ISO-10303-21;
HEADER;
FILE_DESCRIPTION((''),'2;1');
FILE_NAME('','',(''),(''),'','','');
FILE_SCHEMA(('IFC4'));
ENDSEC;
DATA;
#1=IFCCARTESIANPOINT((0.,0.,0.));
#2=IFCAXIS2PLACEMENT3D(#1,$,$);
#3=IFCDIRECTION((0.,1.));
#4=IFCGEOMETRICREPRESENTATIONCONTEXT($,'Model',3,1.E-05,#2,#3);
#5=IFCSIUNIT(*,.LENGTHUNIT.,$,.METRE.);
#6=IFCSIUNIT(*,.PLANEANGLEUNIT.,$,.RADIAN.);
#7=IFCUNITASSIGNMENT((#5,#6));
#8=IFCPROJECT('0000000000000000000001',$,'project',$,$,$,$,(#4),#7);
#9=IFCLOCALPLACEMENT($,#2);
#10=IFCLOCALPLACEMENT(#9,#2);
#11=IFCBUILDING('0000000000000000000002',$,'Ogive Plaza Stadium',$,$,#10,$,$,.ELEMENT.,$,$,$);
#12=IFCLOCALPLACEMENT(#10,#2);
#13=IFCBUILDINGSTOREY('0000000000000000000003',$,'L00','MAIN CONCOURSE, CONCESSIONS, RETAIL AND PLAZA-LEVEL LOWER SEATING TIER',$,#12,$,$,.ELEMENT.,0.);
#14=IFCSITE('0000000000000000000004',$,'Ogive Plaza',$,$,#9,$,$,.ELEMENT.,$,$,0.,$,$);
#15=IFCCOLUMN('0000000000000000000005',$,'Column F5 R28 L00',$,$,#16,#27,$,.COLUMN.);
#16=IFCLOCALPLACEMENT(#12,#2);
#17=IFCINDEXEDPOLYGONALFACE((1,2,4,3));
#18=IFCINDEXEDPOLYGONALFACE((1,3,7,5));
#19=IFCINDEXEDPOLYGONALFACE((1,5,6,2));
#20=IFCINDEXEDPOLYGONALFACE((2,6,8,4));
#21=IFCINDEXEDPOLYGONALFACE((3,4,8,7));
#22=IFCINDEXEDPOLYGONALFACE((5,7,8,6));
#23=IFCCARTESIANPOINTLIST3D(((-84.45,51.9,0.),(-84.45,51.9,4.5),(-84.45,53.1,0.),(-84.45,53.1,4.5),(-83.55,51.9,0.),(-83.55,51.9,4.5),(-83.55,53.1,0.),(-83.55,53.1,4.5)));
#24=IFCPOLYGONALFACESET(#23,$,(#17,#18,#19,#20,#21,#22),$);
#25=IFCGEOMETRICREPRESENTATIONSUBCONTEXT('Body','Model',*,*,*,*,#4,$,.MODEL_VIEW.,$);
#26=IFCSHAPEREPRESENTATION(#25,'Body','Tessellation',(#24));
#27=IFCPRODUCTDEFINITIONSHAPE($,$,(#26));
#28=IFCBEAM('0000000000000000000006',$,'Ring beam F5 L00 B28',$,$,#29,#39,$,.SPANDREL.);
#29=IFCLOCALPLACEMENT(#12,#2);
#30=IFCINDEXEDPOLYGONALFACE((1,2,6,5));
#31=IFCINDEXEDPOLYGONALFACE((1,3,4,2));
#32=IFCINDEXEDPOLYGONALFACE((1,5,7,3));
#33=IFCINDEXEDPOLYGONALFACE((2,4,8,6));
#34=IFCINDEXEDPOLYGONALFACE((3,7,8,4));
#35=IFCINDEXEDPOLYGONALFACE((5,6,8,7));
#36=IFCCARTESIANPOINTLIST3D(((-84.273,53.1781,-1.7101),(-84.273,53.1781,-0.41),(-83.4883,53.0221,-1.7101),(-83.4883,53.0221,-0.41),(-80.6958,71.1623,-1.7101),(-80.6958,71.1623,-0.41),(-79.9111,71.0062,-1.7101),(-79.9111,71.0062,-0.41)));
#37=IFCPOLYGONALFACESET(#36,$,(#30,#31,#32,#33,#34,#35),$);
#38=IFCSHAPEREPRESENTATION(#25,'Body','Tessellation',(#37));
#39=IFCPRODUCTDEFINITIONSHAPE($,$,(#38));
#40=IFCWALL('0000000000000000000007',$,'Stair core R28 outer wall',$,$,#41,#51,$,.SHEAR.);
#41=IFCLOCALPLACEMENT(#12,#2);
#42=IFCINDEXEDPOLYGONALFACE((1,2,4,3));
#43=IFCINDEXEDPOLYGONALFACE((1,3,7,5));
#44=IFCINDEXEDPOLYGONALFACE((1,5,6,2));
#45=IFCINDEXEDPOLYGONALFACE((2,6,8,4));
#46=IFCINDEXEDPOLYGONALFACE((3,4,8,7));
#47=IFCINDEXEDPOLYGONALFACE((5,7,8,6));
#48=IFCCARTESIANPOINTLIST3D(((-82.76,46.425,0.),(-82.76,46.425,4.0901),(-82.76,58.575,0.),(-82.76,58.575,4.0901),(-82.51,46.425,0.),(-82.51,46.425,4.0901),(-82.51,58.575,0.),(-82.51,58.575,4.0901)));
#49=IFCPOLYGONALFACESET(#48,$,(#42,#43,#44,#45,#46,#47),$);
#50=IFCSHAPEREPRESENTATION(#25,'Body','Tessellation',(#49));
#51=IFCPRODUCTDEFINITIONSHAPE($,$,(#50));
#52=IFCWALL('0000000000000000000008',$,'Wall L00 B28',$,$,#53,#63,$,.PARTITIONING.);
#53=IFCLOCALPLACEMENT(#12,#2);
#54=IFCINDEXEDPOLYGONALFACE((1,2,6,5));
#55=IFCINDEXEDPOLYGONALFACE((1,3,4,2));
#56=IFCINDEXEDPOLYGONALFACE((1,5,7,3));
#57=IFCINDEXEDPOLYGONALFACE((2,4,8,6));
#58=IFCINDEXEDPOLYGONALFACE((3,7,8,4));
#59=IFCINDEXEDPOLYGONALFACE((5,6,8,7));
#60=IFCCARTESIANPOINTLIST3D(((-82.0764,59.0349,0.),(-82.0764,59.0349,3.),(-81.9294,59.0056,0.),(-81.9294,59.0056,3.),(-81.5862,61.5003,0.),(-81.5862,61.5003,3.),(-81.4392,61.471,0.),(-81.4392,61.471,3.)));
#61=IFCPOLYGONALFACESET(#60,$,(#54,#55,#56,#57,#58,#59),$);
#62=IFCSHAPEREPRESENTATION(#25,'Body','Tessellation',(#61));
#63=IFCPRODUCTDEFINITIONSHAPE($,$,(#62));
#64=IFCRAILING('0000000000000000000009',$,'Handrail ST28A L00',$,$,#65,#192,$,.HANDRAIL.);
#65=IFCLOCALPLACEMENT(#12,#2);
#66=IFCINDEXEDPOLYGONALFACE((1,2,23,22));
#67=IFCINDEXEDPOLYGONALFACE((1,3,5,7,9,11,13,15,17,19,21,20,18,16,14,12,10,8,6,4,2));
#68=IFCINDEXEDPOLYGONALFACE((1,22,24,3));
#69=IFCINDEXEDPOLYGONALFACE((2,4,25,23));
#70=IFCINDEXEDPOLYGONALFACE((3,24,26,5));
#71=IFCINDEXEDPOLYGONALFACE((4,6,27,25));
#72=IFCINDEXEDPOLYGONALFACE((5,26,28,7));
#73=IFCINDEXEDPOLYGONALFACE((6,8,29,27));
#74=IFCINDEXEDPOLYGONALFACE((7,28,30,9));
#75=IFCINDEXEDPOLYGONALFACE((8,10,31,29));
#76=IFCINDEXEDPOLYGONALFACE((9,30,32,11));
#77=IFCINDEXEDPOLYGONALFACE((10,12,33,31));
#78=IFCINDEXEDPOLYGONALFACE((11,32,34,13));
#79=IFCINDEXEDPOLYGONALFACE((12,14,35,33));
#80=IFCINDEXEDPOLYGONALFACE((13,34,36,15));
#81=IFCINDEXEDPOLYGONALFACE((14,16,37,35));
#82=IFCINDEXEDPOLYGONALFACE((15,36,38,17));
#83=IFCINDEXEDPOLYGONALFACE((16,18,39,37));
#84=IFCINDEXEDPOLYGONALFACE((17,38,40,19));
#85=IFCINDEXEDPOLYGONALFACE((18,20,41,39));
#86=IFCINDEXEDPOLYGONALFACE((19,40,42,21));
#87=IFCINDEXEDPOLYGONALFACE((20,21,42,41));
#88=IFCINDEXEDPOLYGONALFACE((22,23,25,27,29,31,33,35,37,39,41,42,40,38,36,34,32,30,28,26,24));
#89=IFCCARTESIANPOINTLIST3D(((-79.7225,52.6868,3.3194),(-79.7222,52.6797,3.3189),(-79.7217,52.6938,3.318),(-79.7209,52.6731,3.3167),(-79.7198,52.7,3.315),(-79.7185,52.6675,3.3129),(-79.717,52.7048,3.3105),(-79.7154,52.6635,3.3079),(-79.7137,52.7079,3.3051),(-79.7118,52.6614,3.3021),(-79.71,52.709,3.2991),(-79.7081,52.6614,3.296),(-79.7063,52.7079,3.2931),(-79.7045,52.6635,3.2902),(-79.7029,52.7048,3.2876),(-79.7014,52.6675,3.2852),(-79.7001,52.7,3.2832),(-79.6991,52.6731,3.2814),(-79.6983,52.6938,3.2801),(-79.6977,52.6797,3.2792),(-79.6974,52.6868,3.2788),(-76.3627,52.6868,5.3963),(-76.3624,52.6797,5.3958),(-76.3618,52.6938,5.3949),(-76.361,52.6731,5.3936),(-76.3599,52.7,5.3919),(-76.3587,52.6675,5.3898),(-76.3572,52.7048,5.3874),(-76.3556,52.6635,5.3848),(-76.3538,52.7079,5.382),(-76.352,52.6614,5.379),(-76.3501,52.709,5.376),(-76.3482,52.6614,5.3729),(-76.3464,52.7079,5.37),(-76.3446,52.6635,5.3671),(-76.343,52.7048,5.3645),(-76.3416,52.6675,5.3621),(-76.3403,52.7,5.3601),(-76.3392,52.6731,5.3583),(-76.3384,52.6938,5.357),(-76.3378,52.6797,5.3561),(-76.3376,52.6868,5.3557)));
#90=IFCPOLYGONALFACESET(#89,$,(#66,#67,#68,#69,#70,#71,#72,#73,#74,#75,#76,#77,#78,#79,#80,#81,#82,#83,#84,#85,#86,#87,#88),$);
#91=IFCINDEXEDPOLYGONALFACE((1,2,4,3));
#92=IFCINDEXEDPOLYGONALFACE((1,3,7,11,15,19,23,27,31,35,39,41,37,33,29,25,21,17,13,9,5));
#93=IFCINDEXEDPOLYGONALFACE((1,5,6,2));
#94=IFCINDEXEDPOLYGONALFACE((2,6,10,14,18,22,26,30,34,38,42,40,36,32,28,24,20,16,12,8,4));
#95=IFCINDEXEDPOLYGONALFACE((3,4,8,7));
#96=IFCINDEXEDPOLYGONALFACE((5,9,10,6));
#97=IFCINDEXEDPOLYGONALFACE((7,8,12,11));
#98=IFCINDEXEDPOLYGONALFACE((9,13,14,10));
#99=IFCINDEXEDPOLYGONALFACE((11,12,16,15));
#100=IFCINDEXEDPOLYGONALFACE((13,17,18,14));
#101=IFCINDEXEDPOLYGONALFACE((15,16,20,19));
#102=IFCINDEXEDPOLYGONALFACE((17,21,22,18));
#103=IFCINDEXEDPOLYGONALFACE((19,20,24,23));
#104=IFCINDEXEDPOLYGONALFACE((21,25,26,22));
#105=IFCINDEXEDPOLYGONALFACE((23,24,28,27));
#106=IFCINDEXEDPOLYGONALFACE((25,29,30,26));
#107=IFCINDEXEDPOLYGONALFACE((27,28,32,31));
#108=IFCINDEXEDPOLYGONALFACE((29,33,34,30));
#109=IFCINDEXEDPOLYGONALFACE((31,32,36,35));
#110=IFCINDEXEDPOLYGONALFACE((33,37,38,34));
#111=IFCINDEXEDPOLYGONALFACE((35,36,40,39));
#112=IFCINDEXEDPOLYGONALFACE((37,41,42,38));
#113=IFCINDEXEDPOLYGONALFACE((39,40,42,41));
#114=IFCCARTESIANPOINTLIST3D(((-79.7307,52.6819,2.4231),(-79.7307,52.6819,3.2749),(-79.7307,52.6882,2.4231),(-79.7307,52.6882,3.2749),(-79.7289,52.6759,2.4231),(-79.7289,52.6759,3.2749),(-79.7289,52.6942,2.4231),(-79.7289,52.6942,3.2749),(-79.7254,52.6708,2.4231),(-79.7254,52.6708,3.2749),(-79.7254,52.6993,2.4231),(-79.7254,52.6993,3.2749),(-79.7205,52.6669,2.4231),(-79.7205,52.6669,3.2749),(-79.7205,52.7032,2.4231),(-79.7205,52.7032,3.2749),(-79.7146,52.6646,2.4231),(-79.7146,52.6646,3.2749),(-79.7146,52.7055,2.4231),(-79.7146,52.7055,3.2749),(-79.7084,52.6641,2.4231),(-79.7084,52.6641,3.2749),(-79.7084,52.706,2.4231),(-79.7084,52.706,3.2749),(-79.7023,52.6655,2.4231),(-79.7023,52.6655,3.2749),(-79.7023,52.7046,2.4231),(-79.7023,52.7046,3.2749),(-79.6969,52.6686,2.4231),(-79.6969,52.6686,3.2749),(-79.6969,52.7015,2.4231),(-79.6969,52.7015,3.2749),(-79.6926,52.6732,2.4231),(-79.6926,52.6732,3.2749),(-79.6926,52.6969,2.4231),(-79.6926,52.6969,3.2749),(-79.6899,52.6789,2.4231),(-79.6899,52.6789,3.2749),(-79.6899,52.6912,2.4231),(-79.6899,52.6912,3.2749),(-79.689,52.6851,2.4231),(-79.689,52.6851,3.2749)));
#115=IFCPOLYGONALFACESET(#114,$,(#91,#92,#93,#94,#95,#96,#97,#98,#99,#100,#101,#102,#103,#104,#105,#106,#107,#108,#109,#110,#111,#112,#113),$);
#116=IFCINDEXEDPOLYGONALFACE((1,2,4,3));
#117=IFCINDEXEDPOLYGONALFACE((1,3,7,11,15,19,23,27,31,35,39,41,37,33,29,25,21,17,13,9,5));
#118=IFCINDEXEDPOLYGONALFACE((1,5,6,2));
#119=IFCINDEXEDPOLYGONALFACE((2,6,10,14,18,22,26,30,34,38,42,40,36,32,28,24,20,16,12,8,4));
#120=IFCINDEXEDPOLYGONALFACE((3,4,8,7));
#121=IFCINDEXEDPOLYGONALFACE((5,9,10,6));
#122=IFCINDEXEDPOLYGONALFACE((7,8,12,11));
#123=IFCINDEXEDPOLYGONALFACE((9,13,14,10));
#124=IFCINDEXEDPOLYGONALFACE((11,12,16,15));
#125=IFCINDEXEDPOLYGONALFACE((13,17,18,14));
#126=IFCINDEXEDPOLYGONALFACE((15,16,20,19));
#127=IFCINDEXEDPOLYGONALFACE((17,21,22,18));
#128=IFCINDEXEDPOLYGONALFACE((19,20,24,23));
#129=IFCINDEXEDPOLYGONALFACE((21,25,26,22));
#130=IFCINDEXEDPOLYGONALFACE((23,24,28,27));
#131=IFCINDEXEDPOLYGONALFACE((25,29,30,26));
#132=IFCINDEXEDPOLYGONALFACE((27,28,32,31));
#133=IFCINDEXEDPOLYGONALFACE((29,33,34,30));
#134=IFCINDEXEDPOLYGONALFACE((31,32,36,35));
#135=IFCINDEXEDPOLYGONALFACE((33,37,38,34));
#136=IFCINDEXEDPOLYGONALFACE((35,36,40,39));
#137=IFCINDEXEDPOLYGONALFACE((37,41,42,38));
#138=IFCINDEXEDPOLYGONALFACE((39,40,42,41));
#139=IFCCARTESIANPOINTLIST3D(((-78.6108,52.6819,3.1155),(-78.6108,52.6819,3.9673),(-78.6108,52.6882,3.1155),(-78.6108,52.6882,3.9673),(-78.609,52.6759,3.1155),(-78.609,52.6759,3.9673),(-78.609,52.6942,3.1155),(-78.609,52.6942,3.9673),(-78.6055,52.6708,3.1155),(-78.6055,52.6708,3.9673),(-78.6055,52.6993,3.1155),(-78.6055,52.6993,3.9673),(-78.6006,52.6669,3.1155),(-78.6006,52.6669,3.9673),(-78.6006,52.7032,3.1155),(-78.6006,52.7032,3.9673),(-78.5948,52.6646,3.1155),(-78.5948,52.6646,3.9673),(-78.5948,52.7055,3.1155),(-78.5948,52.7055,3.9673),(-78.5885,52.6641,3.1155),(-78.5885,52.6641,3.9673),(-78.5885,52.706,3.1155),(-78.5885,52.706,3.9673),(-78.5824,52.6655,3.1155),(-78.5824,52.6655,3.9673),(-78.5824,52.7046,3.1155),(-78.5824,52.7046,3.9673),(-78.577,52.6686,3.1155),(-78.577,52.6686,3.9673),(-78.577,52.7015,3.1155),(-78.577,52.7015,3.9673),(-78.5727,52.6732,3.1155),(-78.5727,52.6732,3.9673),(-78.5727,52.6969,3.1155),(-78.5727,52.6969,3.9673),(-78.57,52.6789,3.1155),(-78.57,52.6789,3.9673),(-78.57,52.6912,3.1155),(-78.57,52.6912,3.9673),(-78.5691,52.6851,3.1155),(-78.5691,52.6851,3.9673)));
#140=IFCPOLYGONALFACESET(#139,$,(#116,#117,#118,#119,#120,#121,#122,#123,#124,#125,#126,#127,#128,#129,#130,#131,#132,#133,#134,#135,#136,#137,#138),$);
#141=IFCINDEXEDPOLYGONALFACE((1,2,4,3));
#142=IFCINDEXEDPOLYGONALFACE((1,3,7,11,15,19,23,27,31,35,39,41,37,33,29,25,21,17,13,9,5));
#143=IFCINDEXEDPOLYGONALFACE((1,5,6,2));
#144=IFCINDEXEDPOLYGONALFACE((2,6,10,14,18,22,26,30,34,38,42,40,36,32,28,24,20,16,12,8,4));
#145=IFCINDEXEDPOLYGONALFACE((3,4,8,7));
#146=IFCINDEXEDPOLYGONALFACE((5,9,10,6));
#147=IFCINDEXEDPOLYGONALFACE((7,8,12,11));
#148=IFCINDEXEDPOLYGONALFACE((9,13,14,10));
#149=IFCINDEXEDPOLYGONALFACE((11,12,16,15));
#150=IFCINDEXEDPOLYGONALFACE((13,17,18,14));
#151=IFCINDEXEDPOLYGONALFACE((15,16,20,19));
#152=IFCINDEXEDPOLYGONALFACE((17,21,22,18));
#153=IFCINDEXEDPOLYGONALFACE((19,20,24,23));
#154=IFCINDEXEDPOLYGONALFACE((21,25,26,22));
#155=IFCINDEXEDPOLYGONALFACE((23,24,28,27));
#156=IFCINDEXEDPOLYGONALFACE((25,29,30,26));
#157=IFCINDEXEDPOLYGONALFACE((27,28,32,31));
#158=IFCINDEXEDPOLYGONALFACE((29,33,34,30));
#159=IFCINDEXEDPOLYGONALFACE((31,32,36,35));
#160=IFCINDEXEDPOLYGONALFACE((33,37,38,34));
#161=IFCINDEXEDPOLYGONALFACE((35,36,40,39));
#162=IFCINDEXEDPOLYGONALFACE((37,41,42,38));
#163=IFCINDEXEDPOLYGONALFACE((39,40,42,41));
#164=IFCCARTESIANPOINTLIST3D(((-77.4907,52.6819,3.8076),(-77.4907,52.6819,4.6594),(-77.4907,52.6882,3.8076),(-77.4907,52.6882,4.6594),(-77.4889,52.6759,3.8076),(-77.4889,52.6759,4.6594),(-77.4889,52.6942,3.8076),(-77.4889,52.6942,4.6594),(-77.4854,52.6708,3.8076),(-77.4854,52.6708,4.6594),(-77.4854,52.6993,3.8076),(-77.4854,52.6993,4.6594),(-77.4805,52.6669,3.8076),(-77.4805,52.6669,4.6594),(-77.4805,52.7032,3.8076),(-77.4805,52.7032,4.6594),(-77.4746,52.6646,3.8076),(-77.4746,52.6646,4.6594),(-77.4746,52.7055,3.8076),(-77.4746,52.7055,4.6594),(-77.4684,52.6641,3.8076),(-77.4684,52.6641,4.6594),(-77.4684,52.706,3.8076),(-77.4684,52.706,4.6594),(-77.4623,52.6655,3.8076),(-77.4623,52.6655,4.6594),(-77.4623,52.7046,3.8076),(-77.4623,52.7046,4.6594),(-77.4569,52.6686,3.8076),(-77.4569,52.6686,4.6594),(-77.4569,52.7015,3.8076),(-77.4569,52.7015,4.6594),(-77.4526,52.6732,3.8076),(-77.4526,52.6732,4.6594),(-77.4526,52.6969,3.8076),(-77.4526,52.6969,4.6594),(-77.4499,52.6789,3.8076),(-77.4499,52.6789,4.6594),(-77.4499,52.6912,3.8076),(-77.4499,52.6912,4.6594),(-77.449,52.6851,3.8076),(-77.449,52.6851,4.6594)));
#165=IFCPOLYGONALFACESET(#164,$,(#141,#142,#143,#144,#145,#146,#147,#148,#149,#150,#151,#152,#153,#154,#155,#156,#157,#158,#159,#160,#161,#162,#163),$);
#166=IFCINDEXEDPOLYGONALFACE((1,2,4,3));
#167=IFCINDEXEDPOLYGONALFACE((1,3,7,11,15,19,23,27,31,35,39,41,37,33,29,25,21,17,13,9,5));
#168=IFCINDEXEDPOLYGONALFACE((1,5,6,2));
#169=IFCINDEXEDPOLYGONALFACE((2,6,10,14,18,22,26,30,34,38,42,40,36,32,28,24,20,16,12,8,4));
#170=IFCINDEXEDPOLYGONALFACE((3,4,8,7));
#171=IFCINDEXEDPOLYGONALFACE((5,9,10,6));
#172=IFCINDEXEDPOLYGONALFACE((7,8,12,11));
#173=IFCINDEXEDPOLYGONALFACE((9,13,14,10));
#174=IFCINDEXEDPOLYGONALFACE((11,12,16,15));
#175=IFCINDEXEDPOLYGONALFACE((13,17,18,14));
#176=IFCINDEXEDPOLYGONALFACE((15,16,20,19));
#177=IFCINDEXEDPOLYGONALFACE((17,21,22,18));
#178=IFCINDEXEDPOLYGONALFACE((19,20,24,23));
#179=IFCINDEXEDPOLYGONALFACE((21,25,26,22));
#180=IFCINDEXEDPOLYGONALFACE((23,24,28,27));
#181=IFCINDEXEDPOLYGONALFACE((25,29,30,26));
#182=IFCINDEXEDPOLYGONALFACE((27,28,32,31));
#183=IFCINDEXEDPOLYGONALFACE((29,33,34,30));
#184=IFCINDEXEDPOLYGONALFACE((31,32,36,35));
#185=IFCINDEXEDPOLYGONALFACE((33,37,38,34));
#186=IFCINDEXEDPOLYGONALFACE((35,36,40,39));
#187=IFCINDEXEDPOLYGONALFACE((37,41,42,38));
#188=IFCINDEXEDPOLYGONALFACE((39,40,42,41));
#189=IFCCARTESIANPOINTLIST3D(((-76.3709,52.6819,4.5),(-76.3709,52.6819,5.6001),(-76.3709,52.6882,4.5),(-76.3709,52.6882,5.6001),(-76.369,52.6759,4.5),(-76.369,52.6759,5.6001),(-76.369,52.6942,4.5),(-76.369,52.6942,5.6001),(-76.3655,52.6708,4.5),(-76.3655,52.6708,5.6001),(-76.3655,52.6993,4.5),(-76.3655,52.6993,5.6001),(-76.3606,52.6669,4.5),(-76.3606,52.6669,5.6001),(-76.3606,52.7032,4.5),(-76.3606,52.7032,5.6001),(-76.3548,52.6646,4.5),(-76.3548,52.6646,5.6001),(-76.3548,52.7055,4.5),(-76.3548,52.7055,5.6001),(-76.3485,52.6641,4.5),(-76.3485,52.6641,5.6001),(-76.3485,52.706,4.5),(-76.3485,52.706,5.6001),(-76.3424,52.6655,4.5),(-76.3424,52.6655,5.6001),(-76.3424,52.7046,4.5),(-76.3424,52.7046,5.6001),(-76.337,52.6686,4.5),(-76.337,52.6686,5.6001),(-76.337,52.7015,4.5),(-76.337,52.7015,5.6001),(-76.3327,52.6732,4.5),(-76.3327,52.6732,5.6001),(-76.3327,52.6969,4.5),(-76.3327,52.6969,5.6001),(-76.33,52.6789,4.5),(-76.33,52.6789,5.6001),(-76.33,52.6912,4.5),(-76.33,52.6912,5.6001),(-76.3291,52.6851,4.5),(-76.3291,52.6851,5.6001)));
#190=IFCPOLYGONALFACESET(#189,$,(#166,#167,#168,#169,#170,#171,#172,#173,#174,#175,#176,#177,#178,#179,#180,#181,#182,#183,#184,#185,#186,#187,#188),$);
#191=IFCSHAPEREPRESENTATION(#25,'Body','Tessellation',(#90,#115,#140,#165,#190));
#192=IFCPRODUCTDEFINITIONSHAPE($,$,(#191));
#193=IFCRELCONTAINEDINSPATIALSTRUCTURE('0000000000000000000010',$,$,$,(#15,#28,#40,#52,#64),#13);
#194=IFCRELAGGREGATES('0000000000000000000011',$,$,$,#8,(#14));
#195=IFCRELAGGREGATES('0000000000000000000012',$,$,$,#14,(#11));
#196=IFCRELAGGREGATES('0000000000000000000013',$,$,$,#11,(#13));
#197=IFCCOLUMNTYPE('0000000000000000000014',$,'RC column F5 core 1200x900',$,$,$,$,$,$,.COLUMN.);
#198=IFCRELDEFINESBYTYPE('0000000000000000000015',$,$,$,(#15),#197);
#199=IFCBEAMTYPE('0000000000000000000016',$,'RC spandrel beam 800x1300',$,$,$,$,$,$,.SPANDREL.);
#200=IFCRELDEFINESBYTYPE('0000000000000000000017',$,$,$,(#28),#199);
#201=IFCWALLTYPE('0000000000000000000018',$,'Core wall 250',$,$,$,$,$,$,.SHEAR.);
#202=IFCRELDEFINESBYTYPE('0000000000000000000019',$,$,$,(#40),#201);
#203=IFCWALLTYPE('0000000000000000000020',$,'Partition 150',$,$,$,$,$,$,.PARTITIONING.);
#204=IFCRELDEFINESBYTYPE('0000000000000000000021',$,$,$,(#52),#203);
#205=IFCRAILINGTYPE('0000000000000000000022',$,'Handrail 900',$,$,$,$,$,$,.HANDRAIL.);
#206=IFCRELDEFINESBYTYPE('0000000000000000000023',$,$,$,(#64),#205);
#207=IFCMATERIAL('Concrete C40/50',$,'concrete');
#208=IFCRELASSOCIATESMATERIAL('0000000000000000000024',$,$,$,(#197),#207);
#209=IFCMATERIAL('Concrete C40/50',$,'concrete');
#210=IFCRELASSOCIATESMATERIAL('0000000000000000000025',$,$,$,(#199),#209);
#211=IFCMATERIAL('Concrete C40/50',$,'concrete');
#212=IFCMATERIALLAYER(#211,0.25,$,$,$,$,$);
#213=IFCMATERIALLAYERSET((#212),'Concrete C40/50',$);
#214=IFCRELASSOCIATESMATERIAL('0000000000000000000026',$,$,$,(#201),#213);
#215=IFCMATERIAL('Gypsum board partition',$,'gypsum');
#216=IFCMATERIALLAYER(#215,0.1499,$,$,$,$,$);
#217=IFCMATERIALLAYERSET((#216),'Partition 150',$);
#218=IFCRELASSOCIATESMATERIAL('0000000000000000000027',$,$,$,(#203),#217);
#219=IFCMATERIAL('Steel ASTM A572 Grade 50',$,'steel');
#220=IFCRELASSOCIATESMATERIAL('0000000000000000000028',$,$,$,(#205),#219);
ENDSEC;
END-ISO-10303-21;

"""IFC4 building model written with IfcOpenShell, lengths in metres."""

from ifc_helpers import new_model, si_unit, direction, frame, frame_2d, origin, origin_2d, place, context, subcontext, project, spatial, rectangle, circle, extrude, material, layer, layer_set, material_profile, profile_set, type_object, element, save


model = new_model("IFC4")

# Units and contexts
model_context = context("Model", 3, precision=1e-05, world=origin(), true_north=direction((0.0, 1.0)))
body_context = subcontext(model_context, "Body", "Model", "MODEL_VIEW")
ifc_project = project(units=[si_unit("LENGTHUNIT", "METRE"), si_unit("PLANEANGLEUNIT", "RADIAN")], contexts=[model_context])

# Site, building, storey
site_placement = place(None, origin())
site = spatial("IfcSite", under=ifc_project, at=site_placement, Name="Ogive Plaza", CompositionType="ELEMENT", RefElevation=0.0)
building_placement = place(site_placement, origin())
building = spatial("IfcBuilding", under=site, at=building_placement, Name="Ogive Plaza Stadium", CompositionType="ELEMENT")
storey_placement = place(building_placement, origin())
storey = spatial("IfcBuildingStorey", under=building, at=storey_placement, Name="L00", Description="MAIN CONCOURSE, CONCESSIONS, RETAIL AND PLAZA-LEVEL LOWER SEATING TIER", CompositionType="ELEMENT", Elevation=0.0)

# Column
ifc_material_1 = material(Name="Concrete C40/50", Category="concrete")
ifc_material_profile_1 = material_profile(ifc_material_1, rectangle(XDim=1.2, YDim=0.8999, at=origin_2d()), Name="RC 1200x900")
ifc_profile_set_1 = profile_set([ifc_material_profile_1], Name="Concrete C40/50")
column_type = type_object("IfcColumnType", Name="RC column F5 core 1200x900", PredefinedType="COLUMN", material=ifc_profile_set_1)
column_placement = place(storey_placement, frame((-84.0, 52.5, 0.0), z_axis=(0.0, 0.0, 1.0), x_axis=(0.0, -1.0, 0.0)))
element("IfcColumn", 1, at=column_placement, inside=storey, type_object=column_type, Name="Column F5 R28 L00", PredefinedType="COLUMN", context=body_context, shape_type="SweptSolid", body=[
    extrude(rectangle(XDim=1.2, YDim=0.8999, at=origin_2d()), origin(), (0.0, 0.0, 1.0), 4.5),
])

# Beam
ifc_material_2 = material(Name="Concrete C40/50", Category="concrete")
ifc_material_profile_2 = material_profile(ifc_material_2, rectangle(XDim=0.8, YDim=1.3, at=origin_2d()), Name="RC 800x1300")
ifc_profile_set_2 = profile_set([ifc_material_profile_2], Name="Concrete C40/50")
beam_type = type_object("IfcBeamType", Name="RC spandrel beam 800x1300", PredefinedType="SPANDREL", material=ifc_profile_set_2)
beam_placement = place(storey_placement, frame((-83.8806, 53.1001, -1.0601), z_axis=(0.195084, 0.980787, 0.0), x_axis=(-0.980787, 0.195084, 0.0)))
element("IfcBeam", 2, at=beam_placement, inside=storey, type_object=beam_type, Name="Ring beam F5 L00 B28", PredefinedType="SPANDREL", context=body_context, shape_type="SweptSolid", body=[
    extrude(rectangle(XDim=0.8, YDim=1.3, at=origin_2d()), origin(), (0.0, 0.0, 1.0), 18.3364),
])

# Walls
ifc_material_3 = material(Name="Concrete C40/50", Category="concrete")
ifc_layer_1 = layer(ifc_material_3, 0.25)
ifc_layer_set_1 = layer_set([ifc_layer_1], Name="Concrete C40/50")
wall_type_1 = type_object("IfcWallType", Name="Core wall 250", PredefinedType="SHEAR", material=ifc_layer_set_1)
wall_1_placement = place(storey_placement, frame((-82.635, 58.575, 0.0), z_axis=(0.0, 0.0, 1.0), x_axis=(0.0, -1.0, 0.0)))
element("IfcWall", 3, at=wall_1_placement, inside=storey, type_object=wall_type_1, Name="Stair core R28 outer wall", PredefinedType="SHEAR", context=body_context, shape_type="SweptSolid", body=[
    extrude(rectangle(XDim=12.1499, YDim=0.25, at=frame_2d((6.075, 0.0))), origin(), (0.0, 0.0, 1.0), 4.0901),
])
ifc_material_4 = material(Name="Gypsum board partition", Category="gypsum")
ifc_layer_2 = layer(ifc_material_4, 0.1499)
ifc_layer_set_2 = layer_set([ifc_layer_2], Name="Partition 150")
wall_type_2 = type_object("IfcWallType", Name="Partition 150", PredefinedType="PARTITIONING", material=ifc_layer_set_2)
wall_2_placement = place(storey_placement, frame((-82.0029, 59.0203, 0.0), z_axis=(0.0, 0.0, 1.0), x_axis=(0.195033, 0.980797, 0.0)))
element("IfcWall", 4, at=wall_2_placement, inside=storey, type_object=wall_type_2, Name="Wall L00 B28", PredefinedType="PARTITIONING", context=body_context, shape_type="SweptSolid", body=[
    extrude(rectangle(XDim=2.5137, YDim=0.1499, at=frame_2d((1.2568, 0.0))), origin(), (0.0, 0.0, 1.0), 3.0),
])

# Railing
ifc_material_5 = material(Name="Steel ASTM A572 Grade 50", Category="steel")
railing_type = type_object("IfcRailingType", Name="Handrail 900", PredefinedType="HANDRAIL", material=ifc_material_5)
for number, where, name in (
    (5, (-79.71, 52.6851, 2.4231), "Handrail ST28A L00"),
):
    element("IfcRailing", number, at=place(storey_placement, frame(where)), inside=storey, type_object=railing_type, Name=name, PredefinedType="HANDRAIL", context=body_context, shape_type="SweptSolid", body=[
        extrude(circle(Radius=0.0239, at=origin_2d()), frame((0.0, 0.0, 0.876), z_axis=(0.850606, 0.0, 0.525803), x_axis=(0.0, 1.0, 0.0)), (0.0, 0.0, 1.0), 3.95),
        extrude(circle(Radius=0.021, at=origin_2d()), origin(), (0.0, 0.0, 1.0), 0.8518),
        extrude(circle(Radius=0.021, at=origin_2d()), frame((1.1199, 0.0, 0.6924)), (0.0, 0.0, 1.0), 0.8518),
        extrude(circle(Radius=0.021, at=origin_2d()), frame((2.24, 0.0, 1.3845)), (0.0, 0.0, 1.0), 0.8518),
        extrude(circle(Radius=0.021, at=origin_2d()), frame((3.3599, 0.0, 2.0769)), (0.0, 0.0, 1.0), 1.1001),
    ])

save(model, "model.ifc")
